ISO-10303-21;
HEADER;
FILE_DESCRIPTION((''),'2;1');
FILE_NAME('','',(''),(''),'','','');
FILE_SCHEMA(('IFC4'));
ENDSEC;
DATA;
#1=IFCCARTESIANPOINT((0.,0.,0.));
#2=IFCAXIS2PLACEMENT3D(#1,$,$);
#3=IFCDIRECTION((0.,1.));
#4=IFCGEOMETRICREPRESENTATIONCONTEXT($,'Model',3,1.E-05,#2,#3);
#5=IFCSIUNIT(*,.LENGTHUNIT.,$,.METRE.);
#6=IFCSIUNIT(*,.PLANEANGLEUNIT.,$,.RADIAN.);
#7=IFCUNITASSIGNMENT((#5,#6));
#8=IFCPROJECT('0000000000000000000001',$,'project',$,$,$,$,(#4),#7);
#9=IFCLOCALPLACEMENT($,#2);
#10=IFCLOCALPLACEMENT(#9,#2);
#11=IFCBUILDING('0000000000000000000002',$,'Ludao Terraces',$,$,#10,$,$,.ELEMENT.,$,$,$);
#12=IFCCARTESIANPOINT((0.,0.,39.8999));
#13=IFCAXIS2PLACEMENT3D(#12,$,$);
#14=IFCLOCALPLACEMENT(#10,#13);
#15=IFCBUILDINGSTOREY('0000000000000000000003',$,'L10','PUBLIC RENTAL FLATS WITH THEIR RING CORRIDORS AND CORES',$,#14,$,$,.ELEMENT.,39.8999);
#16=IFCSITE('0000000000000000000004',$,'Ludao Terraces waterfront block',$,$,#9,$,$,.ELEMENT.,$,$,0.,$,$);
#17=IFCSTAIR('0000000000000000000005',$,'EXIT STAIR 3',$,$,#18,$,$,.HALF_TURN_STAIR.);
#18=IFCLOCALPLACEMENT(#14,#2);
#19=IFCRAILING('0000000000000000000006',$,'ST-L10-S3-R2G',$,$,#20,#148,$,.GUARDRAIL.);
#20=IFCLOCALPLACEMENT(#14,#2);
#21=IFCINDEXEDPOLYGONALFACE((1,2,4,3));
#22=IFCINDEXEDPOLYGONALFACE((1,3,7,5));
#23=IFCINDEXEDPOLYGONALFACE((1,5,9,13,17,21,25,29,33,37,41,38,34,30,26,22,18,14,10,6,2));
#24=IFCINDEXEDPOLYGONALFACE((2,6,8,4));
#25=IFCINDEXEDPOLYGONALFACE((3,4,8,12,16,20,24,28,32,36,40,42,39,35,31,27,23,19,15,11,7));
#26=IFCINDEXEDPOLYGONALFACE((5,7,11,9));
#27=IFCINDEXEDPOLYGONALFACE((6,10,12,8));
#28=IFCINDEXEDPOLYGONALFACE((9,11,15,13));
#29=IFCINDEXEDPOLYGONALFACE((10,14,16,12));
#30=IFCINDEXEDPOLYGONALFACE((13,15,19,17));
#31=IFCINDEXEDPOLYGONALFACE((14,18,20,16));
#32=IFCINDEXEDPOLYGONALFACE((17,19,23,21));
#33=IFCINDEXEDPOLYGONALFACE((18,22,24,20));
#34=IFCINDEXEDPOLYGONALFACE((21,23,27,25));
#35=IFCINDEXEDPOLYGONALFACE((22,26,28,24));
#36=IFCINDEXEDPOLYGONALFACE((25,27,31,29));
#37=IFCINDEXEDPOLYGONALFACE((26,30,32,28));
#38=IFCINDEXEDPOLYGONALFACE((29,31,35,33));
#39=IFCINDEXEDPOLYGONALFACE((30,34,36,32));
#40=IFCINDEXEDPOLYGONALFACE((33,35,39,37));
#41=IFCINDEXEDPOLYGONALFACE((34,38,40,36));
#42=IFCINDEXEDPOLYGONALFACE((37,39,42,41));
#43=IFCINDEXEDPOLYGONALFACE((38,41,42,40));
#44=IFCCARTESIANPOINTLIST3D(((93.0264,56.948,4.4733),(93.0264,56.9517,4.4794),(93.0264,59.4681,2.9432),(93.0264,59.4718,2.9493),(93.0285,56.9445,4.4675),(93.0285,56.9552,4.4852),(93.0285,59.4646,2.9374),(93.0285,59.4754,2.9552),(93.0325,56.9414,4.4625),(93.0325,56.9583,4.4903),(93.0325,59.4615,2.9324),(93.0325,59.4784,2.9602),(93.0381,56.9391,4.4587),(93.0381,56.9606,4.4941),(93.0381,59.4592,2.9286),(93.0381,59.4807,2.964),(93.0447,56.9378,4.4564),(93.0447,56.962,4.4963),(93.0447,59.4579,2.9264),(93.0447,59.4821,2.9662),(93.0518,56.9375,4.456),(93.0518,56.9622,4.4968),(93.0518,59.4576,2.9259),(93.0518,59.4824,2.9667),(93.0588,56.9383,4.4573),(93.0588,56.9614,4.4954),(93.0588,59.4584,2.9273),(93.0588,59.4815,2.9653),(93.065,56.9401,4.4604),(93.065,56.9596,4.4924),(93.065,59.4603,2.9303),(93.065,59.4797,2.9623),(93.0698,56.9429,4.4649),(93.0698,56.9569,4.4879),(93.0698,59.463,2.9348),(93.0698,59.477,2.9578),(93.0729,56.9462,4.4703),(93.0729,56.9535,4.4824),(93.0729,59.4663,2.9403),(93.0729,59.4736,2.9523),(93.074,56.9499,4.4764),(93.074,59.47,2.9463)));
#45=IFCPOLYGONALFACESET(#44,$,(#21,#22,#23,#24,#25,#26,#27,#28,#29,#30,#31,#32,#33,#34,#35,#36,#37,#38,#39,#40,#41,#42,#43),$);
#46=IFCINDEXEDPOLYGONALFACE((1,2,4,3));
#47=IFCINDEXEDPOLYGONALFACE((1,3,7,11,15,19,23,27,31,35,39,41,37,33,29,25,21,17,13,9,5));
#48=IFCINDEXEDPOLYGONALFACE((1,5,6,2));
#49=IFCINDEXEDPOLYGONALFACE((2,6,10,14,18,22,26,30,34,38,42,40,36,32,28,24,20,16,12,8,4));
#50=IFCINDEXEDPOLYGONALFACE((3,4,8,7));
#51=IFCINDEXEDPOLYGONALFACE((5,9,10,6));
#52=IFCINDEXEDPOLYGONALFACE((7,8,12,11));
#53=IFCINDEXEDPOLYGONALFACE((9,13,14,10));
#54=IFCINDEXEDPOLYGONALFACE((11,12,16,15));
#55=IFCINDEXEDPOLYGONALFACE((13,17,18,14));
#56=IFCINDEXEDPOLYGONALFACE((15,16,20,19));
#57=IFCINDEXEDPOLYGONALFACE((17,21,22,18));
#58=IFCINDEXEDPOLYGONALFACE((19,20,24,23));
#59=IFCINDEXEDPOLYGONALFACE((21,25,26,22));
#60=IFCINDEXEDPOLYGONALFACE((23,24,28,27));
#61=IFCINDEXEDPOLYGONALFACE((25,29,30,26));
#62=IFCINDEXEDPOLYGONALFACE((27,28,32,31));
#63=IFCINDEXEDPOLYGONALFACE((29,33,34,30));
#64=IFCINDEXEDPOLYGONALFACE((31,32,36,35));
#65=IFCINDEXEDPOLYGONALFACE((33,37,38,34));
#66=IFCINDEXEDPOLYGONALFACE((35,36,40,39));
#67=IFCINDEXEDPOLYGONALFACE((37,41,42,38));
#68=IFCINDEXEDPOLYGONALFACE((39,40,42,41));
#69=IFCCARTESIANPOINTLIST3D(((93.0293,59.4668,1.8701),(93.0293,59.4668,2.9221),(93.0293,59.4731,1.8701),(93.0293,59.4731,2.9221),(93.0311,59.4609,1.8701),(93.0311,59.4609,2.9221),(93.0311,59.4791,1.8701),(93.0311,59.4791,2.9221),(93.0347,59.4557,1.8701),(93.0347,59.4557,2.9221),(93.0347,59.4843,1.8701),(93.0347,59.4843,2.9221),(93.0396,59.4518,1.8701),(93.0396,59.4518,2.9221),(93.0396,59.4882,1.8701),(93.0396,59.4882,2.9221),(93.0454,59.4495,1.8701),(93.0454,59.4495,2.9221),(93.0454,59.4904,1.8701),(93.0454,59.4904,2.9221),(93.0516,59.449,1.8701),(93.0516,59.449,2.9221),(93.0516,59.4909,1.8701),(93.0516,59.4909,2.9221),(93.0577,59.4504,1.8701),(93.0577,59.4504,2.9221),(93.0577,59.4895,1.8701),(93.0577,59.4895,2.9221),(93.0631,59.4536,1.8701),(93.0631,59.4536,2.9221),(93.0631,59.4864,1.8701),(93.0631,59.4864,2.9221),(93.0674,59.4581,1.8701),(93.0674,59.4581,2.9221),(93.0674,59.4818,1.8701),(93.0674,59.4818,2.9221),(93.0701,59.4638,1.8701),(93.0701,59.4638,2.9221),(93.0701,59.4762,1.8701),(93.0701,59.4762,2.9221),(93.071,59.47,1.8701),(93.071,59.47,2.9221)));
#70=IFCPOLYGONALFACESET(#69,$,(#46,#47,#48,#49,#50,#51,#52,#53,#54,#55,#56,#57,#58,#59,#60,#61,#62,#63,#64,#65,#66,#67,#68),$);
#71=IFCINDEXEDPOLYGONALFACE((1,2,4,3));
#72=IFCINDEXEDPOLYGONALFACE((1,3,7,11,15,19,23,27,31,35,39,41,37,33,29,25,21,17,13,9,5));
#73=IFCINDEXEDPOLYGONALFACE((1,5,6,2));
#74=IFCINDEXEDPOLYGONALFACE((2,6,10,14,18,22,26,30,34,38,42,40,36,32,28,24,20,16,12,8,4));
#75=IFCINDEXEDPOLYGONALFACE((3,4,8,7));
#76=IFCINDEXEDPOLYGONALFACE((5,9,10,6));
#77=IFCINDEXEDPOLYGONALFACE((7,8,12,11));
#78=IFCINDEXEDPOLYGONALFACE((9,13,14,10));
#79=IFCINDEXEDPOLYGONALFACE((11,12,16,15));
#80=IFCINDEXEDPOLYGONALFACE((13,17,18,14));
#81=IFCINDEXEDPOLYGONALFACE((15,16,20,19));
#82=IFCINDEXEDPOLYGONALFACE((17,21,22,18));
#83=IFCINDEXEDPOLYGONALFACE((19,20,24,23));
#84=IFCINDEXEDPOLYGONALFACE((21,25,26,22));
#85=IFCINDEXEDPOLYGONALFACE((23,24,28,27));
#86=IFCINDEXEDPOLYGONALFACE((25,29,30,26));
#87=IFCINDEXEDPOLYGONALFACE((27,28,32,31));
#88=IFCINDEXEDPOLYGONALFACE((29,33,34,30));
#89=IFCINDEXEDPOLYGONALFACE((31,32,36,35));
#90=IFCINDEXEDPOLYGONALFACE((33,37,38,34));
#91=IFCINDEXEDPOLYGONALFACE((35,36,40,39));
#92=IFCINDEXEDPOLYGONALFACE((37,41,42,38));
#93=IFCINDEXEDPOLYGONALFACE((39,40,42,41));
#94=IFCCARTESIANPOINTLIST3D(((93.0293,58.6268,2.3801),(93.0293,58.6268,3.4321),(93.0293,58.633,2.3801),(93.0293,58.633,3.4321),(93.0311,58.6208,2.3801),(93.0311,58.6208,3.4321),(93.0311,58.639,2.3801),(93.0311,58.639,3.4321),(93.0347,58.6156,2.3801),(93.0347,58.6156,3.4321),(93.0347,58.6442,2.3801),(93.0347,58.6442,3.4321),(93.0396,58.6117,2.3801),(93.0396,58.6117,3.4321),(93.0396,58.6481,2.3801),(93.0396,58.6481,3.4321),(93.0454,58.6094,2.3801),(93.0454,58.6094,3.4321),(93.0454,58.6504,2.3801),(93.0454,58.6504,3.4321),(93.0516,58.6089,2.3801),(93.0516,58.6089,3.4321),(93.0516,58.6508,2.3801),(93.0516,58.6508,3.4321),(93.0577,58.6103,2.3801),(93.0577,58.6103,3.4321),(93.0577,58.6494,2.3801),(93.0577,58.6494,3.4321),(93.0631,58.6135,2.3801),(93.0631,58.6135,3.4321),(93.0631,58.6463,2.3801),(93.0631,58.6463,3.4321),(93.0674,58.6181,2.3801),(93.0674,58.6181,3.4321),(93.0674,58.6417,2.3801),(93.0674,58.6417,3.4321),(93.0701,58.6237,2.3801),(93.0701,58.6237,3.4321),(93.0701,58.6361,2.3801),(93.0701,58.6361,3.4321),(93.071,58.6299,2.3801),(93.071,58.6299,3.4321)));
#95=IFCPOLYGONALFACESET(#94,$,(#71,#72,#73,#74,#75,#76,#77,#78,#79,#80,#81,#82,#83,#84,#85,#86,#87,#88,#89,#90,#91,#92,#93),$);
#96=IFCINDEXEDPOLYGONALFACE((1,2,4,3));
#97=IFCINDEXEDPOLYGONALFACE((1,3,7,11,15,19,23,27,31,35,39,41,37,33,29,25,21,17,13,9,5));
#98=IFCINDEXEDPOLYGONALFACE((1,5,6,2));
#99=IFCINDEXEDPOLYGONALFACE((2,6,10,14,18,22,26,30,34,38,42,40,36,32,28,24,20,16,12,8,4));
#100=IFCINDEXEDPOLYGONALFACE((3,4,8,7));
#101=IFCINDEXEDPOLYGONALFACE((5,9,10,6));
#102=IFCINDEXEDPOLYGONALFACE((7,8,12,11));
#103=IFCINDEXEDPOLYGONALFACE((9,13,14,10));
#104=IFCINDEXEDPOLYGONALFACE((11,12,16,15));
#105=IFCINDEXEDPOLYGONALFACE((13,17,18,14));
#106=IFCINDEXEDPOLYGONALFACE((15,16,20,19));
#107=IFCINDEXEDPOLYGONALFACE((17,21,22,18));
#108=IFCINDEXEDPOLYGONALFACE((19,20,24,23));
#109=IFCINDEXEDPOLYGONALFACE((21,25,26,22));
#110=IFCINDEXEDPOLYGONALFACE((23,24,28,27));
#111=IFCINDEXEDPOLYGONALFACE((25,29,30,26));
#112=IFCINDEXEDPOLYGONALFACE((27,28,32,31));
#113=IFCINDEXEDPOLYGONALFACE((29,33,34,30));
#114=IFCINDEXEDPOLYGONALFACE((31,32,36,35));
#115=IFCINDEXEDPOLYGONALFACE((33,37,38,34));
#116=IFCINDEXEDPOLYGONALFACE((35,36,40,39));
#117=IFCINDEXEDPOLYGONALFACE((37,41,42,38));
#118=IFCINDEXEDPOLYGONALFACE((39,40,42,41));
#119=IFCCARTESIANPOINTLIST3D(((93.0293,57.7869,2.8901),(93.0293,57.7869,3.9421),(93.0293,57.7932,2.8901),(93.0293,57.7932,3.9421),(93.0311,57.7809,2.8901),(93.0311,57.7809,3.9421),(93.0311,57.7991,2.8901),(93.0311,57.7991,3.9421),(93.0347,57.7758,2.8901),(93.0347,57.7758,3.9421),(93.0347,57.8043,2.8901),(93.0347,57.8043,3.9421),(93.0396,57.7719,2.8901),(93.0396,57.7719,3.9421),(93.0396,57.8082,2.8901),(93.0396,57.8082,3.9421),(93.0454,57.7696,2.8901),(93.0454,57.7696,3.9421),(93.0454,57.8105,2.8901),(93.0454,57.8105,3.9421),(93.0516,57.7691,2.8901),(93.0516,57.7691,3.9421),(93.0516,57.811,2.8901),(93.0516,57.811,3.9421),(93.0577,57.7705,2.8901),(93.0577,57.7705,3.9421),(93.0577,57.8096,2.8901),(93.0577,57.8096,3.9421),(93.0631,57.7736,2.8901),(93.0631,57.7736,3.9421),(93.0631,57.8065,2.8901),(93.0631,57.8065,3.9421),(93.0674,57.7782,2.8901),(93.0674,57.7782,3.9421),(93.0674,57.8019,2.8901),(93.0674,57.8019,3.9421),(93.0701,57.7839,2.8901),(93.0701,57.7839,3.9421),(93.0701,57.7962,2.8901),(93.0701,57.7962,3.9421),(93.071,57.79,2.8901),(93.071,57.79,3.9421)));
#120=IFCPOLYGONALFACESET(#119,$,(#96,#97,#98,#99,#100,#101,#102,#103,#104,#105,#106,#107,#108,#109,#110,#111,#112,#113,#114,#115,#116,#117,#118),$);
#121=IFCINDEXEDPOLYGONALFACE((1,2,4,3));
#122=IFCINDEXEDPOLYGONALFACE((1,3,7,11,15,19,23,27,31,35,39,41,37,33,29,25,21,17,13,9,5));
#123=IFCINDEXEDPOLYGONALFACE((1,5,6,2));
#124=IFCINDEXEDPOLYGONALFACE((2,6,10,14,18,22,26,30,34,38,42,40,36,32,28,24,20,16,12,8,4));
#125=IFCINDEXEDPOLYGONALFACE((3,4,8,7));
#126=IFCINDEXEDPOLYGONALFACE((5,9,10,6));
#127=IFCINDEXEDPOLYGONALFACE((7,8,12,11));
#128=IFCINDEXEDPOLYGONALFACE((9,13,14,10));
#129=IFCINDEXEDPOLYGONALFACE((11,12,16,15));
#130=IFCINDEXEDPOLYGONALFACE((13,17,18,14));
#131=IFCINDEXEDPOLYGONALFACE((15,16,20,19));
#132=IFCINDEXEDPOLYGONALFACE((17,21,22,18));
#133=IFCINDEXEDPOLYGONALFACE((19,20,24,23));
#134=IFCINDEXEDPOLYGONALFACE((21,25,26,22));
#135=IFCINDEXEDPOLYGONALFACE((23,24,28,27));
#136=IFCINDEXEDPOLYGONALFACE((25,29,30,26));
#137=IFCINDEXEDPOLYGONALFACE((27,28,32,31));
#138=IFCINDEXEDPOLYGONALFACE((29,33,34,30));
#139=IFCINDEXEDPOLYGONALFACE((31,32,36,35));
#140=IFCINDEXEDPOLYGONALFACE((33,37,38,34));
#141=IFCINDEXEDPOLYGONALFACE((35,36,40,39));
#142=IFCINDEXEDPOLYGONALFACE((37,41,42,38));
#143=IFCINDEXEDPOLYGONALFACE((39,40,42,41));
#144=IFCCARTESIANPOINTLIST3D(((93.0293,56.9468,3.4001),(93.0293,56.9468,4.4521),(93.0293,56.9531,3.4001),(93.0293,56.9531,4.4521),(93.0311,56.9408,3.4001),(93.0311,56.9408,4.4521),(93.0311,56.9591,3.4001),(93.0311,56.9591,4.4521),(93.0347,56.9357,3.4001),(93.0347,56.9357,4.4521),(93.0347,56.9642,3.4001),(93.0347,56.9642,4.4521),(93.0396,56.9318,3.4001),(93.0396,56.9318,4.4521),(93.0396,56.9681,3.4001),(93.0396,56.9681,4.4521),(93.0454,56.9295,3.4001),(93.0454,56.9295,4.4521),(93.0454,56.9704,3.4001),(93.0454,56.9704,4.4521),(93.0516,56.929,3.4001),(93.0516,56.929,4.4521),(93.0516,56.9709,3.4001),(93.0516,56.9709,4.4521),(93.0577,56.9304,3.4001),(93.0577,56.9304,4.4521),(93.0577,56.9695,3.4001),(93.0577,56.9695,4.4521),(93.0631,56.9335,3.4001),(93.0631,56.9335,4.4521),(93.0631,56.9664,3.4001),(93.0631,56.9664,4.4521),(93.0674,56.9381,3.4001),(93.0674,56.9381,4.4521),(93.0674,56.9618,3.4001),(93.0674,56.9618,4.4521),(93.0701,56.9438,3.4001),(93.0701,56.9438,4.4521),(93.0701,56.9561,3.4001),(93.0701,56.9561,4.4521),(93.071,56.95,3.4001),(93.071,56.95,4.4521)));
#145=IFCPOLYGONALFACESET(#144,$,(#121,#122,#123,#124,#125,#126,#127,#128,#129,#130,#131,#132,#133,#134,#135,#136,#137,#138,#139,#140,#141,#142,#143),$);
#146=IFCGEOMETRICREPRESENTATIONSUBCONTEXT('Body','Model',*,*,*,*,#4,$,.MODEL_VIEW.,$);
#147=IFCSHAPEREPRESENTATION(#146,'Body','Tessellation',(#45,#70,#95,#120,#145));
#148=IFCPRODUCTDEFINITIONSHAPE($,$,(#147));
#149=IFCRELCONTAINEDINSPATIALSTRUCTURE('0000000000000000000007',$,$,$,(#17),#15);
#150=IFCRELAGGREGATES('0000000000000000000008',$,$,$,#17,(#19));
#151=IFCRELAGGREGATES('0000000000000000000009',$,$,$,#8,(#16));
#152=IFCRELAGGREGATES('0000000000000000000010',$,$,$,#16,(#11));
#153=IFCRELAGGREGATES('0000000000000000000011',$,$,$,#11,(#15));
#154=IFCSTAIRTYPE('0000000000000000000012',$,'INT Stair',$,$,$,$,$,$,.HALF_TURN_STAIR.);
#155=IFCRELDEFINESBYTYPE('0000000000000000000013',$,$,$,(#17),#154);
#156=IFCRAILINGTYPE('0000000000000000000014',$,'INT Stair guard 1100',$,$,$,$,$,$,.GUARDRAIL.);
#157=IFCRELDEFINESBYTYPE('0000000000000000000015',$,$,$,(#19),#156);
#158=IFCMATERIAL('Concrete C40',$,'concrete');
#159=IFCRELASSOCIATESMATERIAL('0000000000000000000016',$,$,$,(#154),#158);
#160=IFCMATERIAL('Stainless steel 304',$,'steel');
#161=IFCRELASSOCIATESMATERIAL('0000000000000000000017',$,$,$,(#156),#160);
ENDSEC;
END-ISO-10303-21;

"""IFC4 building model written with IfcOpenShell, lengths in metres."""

from ifc_helpers import new_model, si_unit, direction, frame, origin, origin_2d, place, context, subcontext, project, spatial, circle, extrude, material, type_object, element, aggregate, save


model = new_model("IFC4")

# Units and contexts
model_context = context("Model", 3, precision=1e-05, world=origin(), true_north=direction((0.0, 1.0)))
body_context = subcontext(model_context, "Body", "Model", "MODEL_VIEW")
ifc_project = project(units=[si_unit("LENGTHUNIT", "METRE"), si_unit("PLANEANGLEUNIT", "RADIAN")], contexts=[model_context])

# Site, building, storey
site_placement = place(None, origin())
site = spatial("IfcSite", under=ifc_project, at=site_placement, Name="Ludao Terraces waterfront block", CompositionType="ELEMENT", RefElevation=0.0)
building_placement = place(site_placement, origin())
building = spatial("IfcBuilding", under=site, at=building_placement, Name="Ludao Terraces", CompositionType="ELEMENT")
storey_placement = place(building_placement, frame((0.0, 0.0, 39.8999)))
storey = spatial("IfcBuildingStorey", under=building, at=storey_placement, Name="L10", Description="PUBLIC RENTAL FLATS WITH THEIR RING CORRIDORS AND CORES", CompositionType="ELEMENT", Elevation=39.8999)

# Stair, railing
ifc_material_1 = material(Name="Concrete C40", Category="concrete")
stair_type = type_object("IfcStairType", Name="INT Stair", PredefinedType="HALF_TURN_STAIR", material=ifc_material_1)
stair_placement = place(storey_placement, origin())
stair = element("IfcStair", 1, at=stair_placement, inside=storey, type_object=stair_type, Name="EXIT STAIR 3", PredefinedType="HALF_TURN_STAIR")
ifc_material_2 = material(Name="Stainless steel 304", Category="steel")
railing_type_1 = type_object("IfcRailingType", Name="INT Stair guard 1100", PredefinedType="GUARDRAIL", material=ifc_material_2)
railing_1_placement = place(storey_placement, frame((93.05, 59.47, 1.8701)))
railing_1 = element("IfcRailing", 2, at=railing_1_placement, type_object=railing_type_1, Name="ST-L10-S3-R2G", PredefinedType="GUARDRAIL", context=body_context, shape_type="SweptSolid", body=[
    extrude(circle(Radius=0.0239, at=origin_2d()), frame((0.0, 0.0, 1.0762), z_axis=(0.0, -0.854785, 0.518982), x_axis=(1.0, 0.0, 0.0)), (0.0, 0.0, 1.0), 2.9482),
    extrude(circle(Radius=0.021, at=origin_2d()), origin(), (0.0, 0.0, 1.0), 1.052),
    extrude(circle(Radius=0.021, at=origin_2d()), frame((0.0, -0.8401, 0.51)), (0.0, 0.0, 1.0), 1.052),
    extrude(circle(Radius=0.021, at=origin_2d()), frame((0.0, -1.6799, 1.02)), (0.0, 0.0, 1.0), 1.052),
    extrude(circle(Radius=0.021, at=origin_2d()), frame((0.0, -2.52, 1.53)), (0.0, 0.0, 1.0), 1.052),
])
aggregate(stair, [railing_1])

save(model, "model.ifc")
